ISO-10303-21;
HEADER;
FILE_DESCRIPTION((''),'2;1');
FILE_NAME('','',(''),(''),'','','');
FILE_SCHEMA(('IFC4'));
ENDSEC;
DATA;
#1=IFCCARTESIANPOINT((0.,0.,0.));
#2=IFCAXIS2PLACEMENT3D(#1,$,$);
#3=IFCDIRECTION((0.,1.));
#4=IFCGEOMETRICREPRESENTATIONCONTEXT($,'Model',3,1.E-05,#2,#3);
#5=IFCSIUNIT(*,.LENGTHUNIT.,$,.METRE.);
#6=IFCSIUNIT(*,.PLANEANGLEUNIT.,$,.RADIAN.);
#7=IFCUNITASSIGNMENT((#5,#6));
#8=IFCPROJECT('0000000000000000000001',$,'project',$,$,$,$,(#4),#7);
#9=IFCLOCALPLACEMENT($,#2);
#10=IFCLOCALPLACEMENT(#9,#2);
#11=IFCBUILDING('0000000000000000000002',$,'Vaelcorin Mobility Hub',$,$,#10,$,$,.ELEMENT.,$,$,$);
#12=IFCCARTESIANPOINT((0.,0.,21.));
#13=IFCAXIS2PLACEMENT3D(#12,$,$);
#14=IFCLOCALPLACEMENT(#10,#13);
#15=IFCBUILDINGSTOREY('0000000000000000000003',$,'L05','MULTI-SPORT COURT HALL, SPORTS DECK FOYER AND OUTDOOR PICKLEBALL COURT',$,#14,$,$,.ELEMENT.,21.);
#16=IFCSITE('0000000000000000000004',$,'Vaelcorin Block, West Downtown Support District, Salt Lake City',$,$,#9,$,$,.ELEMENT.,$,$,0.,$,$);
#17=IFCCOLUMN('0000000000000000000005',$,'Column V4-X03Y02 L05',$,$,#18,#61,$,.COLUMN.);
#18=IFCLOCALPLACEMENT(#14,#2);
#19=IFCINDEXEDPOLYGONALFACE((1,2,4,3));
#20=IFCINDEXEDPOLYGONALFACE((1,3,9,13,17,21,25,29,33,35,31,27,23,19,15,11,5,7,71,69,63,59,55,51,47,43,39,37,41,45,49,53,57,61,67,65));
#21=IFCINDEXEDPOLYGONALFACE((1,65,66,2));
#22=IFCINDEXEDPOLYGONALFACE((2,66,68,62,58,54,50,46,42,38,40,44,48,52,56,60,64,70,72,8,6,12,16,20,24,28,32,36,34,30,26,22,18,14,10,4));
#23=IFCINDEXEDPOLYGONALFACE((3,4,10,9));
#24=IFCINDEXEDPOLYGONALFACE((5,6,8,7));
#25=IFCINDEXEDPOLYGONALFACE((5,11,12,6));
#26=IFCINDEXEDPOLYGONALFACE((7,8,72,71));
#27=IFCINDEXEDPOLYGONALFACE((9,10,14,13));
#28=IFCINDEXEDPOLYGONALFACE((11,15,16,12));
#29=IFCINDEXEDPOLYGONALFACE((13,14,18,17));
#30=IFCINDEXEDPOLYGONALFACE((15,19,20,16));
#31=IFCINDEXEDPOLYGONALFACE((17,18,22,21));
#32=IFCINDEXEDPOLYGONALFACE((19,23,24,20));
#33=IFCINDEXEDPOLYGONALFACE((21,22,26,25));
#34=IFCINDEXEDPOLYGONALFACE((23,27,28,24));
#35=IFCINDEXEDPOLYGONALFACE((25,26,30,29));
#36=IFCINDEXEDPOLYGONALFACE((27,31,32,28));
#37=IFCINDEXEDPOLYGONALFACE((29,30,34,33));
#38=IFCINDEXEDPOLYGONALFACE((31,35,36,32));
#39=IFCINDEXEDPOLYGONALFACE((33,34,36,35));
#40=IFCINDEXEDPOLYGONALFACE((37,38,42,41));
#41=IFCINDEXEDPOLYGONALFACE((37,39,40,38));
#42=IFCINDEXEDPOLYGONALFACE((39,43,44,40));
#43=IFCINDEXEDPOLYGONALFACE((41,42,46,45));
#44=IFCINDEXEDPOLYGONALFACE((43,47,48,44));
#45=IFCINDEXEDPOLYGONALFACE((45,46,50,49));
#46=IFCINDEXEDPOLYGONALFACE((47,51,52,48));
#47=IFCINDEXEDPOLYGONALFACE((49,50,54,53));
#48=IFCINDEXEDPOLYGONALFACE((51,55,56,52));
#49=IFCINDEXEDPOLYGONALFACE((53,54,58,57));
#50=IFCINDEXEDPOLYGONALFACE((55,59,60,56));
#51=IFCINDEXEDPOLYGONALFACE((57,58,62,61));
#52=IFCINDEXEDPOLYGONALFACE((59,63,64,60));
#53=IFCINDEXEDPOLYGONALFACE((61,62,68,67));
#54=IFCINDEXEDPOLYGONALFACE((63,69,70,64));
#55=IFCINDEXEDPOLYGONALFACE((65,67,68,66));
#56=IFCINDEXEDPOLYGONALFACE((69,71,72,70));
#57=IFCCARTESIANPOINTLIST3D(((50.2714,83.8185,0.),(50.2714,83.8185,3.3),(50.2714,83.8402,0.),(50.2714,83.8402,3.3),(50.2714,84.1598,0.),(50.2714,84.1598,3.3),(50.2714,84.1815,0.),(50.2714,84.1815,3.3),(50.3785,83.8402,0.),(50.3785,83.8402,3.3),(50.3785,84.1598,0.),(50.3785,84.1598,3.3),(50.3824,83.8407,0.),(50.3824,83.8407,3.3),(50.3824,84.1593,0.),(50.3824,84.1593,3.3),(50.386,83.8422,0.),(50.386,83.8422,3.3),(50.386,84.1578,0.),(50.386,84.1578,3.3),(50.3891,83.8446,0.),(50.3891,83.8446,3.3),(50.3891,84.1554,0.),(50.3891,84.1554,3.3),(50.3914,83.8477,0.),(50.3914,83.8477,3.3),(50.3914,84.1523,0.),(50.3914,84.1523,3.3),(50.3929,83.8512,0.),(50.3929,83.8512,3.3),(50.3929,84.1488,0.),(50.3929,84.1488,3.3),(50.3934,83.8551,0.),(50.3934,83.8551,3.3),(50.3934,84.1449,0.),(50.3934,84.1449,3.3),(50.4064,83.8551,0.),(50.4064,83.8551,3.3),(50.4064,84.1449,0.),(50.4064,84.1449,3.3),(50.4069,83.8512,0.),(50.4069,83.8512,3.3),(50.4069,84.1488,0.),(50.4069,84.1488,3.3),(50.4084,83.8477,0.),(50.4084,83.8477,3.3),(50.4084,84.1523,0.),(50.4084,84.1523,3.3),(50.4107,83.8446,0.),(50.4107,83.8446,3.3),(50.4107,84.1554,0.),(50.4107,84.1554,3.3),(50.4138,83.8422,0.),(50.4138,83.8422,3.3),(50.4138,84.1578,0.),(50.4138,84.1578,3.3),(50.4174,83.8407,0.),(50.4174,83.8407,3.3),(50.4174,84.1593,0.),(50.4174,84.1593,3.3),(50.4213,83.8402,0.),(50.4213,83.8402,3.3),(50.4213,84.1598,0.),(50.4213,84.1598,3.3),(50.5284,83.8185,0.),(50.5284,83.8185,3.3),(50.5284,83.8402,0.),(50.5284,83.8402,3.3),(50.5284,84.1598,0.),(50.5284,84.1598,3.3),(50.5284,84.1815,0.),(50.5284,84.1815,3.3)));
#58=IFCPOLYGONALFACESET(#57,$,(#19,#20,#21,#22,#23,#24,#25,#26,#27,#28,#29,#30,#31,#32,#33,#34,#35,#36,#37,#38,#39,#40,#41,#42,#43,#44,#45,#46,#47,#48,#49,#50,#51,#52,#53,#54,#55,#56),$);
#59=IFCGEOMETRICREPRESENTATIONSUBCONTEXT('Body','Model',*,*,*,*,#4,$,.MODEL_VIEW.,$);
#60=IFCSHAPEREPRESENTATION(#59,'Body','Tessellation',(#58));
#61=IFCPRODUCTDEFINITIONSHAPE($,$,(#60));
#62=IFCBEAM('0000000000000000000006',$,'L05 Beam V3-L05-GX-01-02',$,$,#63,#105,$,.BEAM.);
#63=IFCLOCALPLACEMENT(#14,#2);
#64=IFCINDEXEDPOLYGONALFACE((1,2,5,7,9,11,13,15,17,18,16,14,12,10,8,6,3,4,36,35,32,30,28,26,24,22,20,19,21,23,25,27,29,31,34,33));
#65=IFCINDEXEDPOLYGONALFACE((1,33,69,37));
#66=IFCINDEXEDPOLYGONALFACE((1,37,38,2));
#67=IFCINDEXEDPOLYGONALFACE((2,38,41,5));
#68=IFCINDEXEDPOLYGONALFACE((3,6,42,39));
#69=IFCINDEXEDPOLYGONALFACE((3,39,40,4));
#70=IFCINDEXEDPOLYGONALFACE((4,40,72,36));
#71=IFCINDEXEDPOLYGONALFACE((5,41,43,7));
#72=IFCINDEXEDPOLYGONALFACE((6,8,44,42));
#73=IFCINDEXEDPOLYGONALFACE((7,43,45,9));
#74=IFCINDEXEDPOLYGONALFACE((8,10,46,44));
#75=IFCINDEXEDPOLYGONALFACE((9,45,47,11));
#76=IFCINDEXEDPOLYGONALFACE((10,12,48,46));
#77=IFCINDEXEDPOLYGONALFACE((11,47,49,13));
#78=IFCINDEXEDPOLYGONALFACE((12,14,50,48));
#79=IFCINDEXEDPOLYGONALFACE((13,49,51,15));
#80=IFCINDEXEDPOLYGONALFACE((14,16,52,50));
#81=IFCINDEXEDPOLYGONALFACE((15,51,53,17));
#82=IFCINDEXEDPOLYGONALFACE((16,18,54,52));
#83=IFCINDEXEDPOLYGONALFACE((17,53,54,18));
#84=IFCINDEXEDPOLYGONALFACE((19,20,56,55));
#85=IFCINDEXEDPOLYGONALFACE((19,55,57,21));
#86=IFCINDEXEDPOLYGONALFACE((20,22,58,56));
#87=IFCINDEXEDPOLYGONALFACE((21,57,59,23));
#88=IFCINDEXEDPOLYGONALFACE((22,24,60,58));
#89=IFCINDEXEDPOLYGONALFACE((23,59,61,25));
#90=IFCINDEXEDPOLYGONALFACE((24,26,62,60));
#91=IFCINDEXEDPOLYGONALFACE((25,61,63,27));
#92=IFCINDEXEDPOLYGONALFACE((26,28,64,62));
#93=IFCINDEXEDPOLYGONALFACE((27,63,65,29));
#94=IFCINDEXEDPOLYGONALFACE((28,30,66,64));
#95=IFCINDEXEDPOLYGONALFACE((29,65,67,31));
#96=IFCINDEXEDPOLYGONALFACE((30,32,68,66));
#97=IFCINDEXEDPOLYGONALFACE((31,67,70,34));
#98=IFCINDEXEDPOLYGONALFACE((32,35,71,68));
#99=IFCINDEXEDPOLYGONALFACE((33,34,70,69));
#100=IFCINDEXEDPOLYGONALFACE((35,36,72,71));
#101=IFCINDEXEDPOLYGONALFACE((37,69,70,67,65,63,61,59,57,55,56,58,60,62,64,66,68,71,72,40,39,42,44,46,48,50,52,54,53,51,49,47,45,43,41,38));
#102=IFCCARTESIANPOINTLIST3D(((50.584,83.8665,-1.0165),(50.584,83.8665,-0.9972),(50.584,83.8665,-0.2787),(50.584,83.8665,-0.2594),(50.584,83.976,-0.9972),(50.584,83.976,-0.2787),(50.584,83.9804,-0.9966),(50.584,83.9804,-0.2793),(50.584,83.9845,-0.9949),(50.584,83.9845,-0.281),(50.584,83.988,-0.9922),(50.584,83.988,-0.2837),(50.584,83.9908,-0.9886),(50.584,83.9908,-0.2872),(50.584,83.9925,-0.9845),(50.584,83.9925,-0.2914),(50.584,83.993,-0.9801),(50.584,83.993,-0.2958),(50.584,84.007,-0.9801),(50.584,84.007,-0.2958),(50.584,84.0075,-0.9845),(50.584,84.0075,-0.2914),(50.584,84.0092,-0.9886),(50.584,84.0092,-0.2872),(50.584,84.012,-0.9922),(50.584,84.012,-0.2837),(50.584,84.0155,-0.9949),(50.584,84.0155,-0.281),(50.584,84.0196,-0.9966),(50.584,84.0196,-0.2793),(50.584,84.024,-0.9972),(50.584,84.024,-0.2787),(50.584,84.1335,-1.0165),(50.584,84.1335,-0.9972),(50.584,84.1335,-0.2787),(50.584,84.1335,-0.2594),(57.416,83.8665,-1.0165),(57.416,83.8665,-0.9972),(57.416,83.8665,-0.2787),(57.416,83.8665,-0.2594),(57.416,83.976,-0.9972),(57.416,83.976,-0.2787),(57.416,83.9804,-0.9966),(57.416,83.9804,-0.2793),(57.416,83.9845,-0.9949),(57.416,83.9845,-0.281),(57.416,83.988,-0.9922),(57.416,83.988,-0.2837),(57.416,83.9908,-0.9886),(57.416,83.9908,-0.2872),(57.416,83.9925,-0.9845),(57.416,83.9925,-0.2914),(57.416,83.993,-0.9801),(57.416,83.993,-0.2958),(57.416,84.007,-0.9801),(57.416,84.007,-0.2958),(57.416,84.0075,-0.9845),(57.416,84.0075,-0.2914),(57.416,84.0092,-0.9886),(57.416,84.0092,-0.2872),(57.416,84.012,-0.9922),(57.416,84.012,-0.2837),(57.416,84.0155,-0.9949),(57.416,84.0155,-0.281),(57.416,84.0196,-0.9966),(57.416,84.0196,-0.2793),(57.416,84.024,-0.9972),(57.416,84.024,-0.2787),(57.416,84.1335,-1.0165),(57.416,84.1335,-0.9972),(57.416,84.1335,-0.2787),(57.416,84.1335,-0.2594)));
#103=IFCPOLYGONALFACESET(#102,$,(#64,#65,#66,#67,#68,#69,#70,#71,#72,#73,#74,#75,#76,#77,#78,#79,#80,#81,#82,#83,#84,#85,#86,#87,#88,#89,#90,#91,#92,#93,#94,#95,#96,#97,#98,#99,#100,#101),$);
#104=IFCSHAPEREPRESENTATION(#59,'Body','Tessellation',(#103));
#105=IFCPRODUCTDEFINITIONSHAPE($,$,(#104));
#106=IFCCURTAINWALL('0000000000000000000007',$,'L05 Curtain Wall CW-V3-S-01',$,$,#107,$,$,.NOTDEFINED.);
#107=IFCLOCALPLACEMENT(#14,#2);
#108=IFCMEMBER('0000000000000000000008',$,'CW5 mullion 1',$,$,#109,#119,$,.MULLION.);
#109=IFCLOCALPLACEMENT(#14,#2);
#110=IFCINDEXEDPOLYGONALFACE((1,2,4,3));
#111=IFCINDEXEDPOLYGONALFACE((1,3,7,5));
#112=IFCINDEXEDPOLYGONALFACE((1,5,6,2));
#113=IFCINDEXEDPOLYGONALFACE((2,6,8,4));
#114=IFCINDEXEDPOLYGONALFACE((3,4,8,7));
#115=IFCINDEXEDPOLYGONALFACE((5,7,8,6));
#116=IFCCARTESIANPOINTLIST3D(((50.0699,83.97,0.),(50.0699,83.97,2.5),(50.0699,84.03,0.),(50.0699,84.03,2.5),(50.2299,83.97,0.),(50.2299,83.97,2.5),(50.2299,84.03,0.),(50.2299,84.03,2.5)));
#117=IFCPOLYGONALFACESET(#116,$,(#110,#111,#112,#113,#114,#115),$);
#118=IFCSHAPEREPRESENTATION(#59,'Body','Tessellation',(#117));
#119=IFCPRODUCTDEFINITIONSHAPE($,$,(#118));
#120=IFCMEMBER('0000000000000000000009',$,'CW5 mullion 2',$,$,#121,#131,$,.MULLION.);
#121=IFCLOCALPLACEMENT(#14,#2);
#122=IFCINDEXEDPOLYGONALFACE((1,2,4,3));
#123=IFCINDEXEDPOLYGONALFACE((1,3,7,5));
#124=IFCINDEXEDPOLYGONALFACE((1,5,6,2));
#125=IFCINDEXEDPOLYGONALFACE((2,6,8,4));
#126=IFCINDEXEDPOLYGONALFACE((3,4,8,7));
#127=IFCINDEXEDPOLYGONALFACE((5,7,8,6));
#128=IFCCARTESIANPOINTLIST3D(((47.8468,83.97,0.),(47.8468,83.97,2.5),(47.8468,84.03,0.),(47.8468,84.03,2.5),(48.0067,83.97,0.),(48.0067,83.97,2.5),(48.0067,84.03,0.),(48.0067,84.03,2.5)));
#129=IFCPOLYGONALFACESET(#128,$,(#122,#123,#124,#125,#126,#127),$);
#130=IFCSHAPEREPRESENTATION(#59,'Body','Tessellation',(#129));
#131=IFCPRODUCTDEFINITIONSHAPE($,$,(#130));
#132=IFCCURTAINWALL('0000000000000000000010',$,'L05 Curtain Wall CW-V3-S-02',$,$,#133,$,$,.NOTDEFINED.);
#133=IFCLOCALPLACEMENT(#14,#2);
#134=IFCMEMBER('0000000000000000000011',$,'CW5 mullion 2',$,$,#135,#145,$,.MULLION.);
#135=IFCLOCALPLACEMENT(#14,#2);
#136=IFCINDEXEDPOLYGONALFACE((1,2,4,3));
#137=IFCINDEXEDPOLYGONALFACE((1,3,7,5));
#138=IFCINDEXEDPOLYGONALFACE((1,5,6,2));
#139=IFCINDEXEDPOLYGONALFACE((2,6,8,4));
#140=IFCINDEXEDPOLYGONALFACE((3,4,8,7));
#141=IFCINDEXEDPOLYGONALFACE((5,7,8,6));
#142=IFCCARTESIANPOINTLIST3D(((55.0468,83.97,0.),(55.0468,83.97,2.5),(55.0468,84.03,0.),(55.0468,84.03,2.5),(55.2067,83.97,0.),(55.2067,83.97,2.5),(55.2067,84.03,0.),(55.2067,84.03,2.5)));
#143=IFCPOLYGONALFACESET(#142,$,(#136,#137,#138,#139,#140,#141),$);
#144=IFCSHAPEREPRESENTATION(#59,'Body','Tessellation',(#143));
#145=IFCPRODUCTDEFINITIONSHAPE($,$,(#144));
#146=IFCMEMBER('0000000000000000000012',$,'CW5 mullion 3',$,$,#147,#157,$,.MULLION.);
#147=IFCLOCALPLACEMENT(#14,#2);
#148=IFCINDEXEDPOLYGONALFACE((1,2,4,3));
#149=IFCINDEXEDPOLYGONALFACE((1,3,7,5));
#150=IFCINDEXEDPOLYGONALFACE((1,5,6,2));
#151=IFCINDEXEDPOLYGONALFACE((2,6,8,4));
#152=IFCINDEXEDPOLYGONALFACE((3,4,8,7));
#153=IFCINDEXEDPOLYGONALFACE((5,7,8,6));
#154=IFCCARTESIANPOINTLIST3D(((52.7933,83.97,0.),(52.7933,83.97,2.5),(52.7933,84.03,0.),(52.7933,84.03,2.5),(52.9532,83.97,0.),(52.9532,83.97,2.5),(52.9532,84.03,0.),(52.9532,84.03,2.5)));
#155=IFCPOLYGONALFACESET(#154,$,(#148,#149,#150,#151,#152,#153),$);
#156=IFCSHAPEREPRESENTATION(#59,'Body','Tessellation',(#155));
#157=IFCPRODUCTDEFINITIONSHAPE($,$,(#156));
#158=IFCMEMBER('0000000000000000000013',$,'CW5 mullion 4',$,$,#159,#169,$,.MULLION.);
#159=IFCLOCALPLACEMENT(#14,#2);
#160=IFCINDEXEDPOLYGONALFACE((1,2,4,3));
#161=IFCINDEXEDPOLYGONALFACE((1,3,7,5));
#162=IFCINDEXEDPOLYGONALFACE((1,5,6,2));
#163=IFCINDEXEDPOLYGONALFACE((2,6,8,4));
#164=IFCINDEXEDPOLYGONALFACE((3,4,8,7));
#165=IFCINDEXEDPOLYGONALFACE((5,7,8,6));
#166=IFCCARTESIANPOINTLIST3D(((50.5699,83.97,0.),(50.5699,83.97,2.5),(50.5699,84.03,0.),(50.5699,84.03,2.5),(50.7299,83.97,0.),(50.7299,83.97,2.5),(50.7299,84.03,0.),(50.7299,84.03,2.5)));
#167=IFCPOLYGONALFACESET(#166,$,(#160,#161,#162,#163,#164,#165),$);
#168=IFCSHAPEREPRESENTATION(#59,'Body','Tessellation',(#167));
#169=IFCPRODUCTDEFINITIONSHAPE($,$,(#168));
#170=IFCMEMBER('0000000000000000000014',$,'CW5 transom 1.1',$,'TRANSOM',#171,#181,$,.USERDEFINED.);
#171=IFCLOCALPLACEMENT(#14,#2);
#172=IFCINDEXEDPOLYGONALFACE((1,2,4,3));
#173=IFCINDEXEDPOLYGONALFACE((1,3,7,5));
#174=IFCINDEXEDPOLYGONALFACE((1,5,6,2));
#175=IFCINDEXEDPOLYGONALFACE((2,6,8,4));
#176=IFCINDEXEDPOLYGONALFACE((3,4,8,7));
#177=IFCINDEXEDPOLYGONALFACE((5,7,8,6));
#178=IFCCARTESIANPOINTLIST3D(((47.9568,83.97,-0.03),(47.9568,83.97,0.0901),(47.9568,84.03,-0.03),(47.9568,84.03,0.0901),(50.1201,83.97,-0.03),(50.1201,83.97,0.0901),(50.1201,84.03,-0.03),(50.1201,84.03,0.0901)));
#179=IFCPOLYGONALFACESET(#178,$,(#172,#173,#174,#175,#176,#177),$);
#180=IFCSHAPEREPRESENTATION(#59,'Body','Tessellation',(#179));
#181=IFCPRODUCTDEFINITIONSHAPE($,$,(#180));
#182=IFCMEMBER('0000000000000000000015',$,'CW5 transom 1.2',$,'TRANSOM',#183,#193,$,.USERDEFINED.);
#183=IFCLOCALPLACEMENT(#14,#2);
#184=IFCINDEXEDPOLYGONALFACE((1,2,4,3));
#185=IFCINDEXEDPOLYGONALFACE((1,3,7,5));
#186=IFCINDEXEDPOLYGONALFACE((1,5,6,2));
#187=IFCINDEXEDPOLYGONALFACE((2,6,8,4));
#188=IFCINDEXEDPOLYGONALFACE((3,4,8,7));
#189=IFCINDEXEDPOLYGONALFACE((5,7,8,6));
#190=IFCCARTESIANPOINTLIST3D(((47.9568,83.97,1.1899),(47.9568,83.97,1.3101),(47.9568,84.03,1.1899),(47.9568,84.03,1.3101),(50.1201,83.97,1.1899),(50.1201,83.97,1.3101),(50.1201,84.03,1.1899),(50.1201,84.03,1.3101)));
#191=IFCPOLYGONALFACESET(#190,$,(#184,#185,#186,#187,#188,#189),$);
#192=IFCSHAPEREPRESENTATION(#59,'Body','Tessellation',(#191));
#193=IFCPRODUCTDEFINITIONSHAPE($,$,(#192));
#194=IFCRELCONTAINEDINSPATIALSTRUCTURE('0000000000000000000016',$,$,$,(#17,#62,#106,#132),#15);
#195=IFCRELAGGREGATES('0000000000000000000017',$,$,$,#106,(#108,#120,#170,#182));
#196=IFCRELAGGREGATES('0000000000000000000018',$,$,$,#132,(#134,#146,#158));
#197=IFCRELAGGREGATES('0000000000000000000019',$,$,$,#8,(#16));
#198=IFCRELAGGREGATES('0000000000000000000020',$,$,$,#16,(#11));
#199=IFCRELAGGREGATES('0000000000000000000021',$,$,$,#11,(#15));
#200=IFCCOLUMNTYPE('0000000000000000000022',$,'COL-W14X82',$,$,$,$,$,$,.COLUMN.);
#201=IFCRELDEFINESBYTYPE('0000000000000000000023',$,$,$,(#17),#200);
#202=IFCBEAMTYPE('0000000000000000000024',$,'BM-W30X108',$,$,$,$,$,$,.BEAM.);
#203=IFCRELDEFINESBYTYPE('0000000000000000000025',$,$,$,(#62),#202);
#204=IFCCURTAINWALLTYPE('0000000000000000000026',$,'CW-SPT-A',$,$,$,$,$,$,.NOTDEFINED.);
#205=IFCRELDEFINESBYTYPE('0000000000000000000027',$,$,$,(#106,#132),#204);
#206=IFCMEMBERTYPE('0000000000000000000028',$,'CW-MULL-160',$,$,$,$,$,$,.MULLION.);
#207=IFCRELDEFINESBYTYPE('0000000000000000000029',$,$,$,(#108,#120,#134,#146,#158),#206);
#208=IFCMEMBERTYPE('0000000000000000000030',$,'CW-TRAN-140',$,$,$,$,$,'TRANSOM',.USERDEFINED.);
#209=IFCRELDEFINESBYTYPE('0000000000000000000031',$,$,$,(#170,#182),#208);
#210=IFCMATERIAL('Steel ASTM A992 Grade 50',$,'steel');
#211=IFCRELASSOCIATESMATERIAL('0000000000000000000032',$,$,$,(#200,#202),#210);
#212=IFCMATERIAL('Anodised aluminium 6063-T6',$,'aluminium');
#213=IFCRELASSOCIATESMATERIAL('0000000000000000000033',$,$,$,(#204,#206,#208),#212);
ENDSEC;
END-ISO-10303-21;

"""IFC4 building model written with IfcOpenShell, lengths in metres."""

from ifc_helpers import new_model, si_unit, direction, frame, origin, origin_2d, place, context, subcontext, project, spatial, rectangle, i_section, extrude, material, material_profile, profile_set, type_object, element, aggregate, save


model = new_model("IFC4")

# Units and contexts
model_context = context("Model", 3, precision=1e-05, world=origin(), true_north=direction((0.0, 1.0)))
body_context = subcontext(model_context, "Body", "Model", "MODEL_VIEW")
ifc_project = project(units=[si_unit("LENGTHUNIT", "METRE"), si_unit("PLANEANGLEUNIT", "RADIAN")], contexts=[model_context])

# Site, building, storey
site_placement = place(None, origin())
site = spatial("IfcSite", under=ifc_project, at=site_placement, Name="Vaelcorin Block, West Downtown Support District, Salt Lake City", CompositionType="ELEMENT", RefElevation=0.0)
building_placement = place(site_placement, origin())
building = spatial("IfcBuilding", under=site, at=building_placement, Name="Vaelcorin Mobility Hub", CompositionType="ELEMENT")
storey_placement = place(building_placement, frame((0.0, 0.0, 21.0)))
storey = spatial("IfcBuildingStorey", under=building, at=storey_placement, Name="L05", Description="MULTI-SPORT COURT HALL, SPORTS DECK FOYER AND OUTDOOR PICKLEBALL COURT", CompositionType="ELEMENT", Elevation=21.0)

# Column
ifc_material_1 = material(Name="Steel ASTM A992 Grade 50", Category="steel")
ifc_material_profile_1 = material_profile(ifc_material_1, i_section(OverallWidth=0.2571, OverallDepth=0.363, WebThickness=0.0129, FlangeThickness=0.0217, FilletRadius=0.0149, at=origin_2d()), Name="W14X82")
ifc_profile_set_1 = profile_set([ifc_material_profile_1], Name="Steel ASTM A992 Grade 50")
column_type = type_object("IfcColumnType", Name="COL-W14X82", PredefinedType="COLUMN", material=ifc_profile_set_1)
column_placement = place(storey_placement, frame((50.3999, 84.0, 0.0), z_axis=(0.0, 0.0, 1.0), x_axis=(1.0, 0.0, 0.0)))
element("IfcColumn", 1, at=column_placement, inside=storey, type_object=column_type, Name="Column V4-X03Y02 L05", PredefinedType="COLUMN", context=body_context, shape_type="SweptSolid", body=[
    extrude(i_section(OverallWidth=0.2571, OverallDepth=0.363, WebThickness=0.0129, FlangeThickness=0.0217, FilletRadius=0.0149, at=origin_2d()), origin(), (0.0, 0.0, 1.0), 3.3),
])

# Beam
ifc_material_profile_2 = material_profile(ifc_material_1, i_section(OverallWidth=0.2671, OverallDepth=0.7571, WebThickness=0.0139, FlangeThickness=0.0193, FilletRadius=0.0171, at=origin_2d()), Name="W30X108")
ifc_profile_set_2 = profile_set([ifc_material_profile_2], Name="Steel ASTM A992 Grade 50")
beam_type = type_object("IfcBeamType", Name="BM-W30X108", PredefinedType="BEAM", material=ifc_profile_set_2)
beam_placement = place(storey_placement, frame((50.584, 84.0, -0.6379), z_axis=(1.0, 0.0, 0.0), x_axis=(0.0, 1.0, 0.0)))
element("IfcBeam", 2, at=beam_placement, inside=storey, type_object=beam_type, Name="L05 Beam V3-L05-GX-01-02", PredefinedType="BEAM", context=body_context, shape_type="SweptSolid", body=[
    extrude(i_section(OverallWidth=0.2671, OverallDepth=0.7571, WebThickness=0.0139, FlangeThickness=0.0193, FilletRadius=0.0171, at=origin_2d()), origin(), (0.0, 0.0, 1.0), 6.832),
])

# Curtain walls, members
ifc_material_2 = material(Name="Anodised aluminium 6063-T6", Category="aluminium")
curtain_wall_type = type_object("IfcCurtainWallType", Name="CW-SPT-A", PredefinedType="NOTDEFINED", material=ifc_material_2)
curtain_wall_1_placement = place(storey_placement, origin())
curtain_wall_1 = element("IfcCurtainWall", 3, at=curtain_wall_1_placement, inside=storey, type_object=curtain_wall_type, Name="L05 Curtain Wall CW-V3-S-01", PredefinedType="NOTDEFINED")
ifc_material_profile_3 = material_profile(ifc_material_2, rectangle(XDim=0.0601, YDim=0.1599, at=origin_2d()), Name="ALU-M60X160")
ifc_profile_set_3 = profile_set([ifc_material_profile_3], Name="Anodised aluminium 6063-T6")
member_type_1 = type_object("IfcMemberType", Name="CW-MULL-160", PredefinedType="MULLION", material=ifc_profile_set_3)
member_1_placement = place(storey_placement, frame((50.1499, 84.0, 0.0), z_axis=(0.0, 0.0, 1.0), x_axis=(0.0, -1.0, 0.0)))
member_1 = element("IfcMember", 4, at=member_1_placement, type_object=member_type_1, Name="CW5 mullion 1", PredefinedType="MULLION", context=body_context, shape_type="SweptSolid", body=[
    extrude(rectangle(XDim=0.0601, YDim=0.1599, at=origin_2d()), origin(), (0.0, 0.0, 1.0), 2.5),
])
member_2_placement = place(storey_placement, frame((47.9268, 84.0, 0.0), z_axis=(0.0, 0.0, 1.0), x_axis=(0.0, -1.0, 0.0)))
member_2 = element("IfcMember", 5, at=member_2_placement, type_object=member_type_1, Name="CW5 mullion 2", PredefinedType="MULLION", context=body_context, shape_type="SweptSolid", body=[
    extrude(rectangle(XDim=0.0601, YDim=0.1599, at=origin_2d()), origin(), (0.0, 0.0, 1.0), 2.5),
])
curtain_wall_2_placement = place(storey_placement, origin())
curtain_wall_2 = element("IfcCurtainWall", 6, at=curtain_wall_2_placement, inside=storey, type_object=curtain_wall_type, Name="L05 Curtain Wall CW-V3-S-02", PredefinedType="NOTDEFINED")
member_3_placement = place(storey_placement, frame((55.1267, 84.0, 0.0), z_axis=(0.0, 0.0, 1.0), x_axis=(0.0, -1.0, 0.0)))
member_3 = element("IfcMember", 7, at=member_3_placement, type_object=member_type_1, Name="CW5 mullion 2", PredefinedType="MULLION", context=body_context, shape_type="SweptSolid", body=[
    extrude(rectangle(XDim=0.0601, YDim=0.1599, at=origin_2d()), origin(), (0.0, 0.0, 1.0), 2.5),
])
member_4_placement = place(storey_placement, frame((52.8733, 84.0, 0.0), z_axis=(0.0, 0.0, 1.0), x_axis=(0.0, -1.0, 0.0)))
member_4 = element("IfcMember", 8, at=member_4_placement, type_object=member_type_1, Name="CW5 mullion 3", PredefinedType="MULLION", context=body_context, shape_type="SweptSolid", body=[
    extrude(rectangle(XDim=0.0601, YDim=0.1599, at=origin_2d()), origin(), (0.0, 0.0, 1.0), 2.5),
])
member_5_placement = place(storey_placement, frame((50.6499, 84.0, 0.0), z_axis=(0.0, 0.0, 1.0), x_axis=(0.0, -1.0, 0.0)))
member_5 = element("IfcMember", 9, at=member_5_placement, type_object=member_type_1, Name="CW5 mullion 4", PredefinedType="MULLION", context=body_context, shape_type="SweptSolid", body=[
    extrude(rectangle(XDim=0.0601, YDim=0.1599, at=origin_2d()), origin(), (0.0, 0.0, 1.0), 2.5),
])

# Members
ifc_material_profile_4 = material_profile(ifc_material_2, rectangle(XDim=0.0601, YDim=0.1201, at=origin_2d()), Name="ALU-T60X120")
ifc_profile_set_4 = profile_set([ifc_material_profile_4], Name="Anodised aluminium 6063-T6")
member_type_2 = type_object("IfcMemberType", Name="CW-TRAN-140", ElementType="TRANSOM", PredefinedType="USERDEFINED", material=ifc_profile_set_4)
member_6_placement = place(storey_placement, frame((50.1201, 84.0, 0.03), z_axis=(-1.0, 0.0, 0.0), x_axis=(0.0, -1.0, 0.0)))
member_6 = element("IfcMember", 10, at=member_6_placement, type_object=member_type_2, Name="CW5 transom 1.1", ObjectType="TRANSOM", PredefinedType="USERDEFINED", context=body_context, shape_type="SweptSolid", body=[
    extrude(rectangle(XDim=0.0601, YDim=0.1201, at=origin_2d()), origin(), (0.0, 0.0, 1.0), 2.1633),
])
member_7_placement = place(storey_placement, frame((50.1201, 84.0, 1.25), z_axis=(-1.0, 0.0, 0.0), x_axis=(0.0, -1.0, 0.0)))
member_7 = element("IfcMember", 11, at=member_7_placement, type_object=member_type_2, Name="CW5 transom 1.2", ObjectType="TRANSOM", PredefinedType="USERDEFINED", context=body_context, shape_type="SweptSolid", body=[
    extrude(rectangle(XDim=0.0601, YDim=0.1201, at=origin_2d()), origin(), (0.0, 0.0, 1.0), 2.1633),
])

aggregate(curtain_wall_1, [member_1, member_2, member_6, member_7])
aggregate(curtain_wall_2, [member_3, member_4, member_5])

save(model, "model.ifc")
